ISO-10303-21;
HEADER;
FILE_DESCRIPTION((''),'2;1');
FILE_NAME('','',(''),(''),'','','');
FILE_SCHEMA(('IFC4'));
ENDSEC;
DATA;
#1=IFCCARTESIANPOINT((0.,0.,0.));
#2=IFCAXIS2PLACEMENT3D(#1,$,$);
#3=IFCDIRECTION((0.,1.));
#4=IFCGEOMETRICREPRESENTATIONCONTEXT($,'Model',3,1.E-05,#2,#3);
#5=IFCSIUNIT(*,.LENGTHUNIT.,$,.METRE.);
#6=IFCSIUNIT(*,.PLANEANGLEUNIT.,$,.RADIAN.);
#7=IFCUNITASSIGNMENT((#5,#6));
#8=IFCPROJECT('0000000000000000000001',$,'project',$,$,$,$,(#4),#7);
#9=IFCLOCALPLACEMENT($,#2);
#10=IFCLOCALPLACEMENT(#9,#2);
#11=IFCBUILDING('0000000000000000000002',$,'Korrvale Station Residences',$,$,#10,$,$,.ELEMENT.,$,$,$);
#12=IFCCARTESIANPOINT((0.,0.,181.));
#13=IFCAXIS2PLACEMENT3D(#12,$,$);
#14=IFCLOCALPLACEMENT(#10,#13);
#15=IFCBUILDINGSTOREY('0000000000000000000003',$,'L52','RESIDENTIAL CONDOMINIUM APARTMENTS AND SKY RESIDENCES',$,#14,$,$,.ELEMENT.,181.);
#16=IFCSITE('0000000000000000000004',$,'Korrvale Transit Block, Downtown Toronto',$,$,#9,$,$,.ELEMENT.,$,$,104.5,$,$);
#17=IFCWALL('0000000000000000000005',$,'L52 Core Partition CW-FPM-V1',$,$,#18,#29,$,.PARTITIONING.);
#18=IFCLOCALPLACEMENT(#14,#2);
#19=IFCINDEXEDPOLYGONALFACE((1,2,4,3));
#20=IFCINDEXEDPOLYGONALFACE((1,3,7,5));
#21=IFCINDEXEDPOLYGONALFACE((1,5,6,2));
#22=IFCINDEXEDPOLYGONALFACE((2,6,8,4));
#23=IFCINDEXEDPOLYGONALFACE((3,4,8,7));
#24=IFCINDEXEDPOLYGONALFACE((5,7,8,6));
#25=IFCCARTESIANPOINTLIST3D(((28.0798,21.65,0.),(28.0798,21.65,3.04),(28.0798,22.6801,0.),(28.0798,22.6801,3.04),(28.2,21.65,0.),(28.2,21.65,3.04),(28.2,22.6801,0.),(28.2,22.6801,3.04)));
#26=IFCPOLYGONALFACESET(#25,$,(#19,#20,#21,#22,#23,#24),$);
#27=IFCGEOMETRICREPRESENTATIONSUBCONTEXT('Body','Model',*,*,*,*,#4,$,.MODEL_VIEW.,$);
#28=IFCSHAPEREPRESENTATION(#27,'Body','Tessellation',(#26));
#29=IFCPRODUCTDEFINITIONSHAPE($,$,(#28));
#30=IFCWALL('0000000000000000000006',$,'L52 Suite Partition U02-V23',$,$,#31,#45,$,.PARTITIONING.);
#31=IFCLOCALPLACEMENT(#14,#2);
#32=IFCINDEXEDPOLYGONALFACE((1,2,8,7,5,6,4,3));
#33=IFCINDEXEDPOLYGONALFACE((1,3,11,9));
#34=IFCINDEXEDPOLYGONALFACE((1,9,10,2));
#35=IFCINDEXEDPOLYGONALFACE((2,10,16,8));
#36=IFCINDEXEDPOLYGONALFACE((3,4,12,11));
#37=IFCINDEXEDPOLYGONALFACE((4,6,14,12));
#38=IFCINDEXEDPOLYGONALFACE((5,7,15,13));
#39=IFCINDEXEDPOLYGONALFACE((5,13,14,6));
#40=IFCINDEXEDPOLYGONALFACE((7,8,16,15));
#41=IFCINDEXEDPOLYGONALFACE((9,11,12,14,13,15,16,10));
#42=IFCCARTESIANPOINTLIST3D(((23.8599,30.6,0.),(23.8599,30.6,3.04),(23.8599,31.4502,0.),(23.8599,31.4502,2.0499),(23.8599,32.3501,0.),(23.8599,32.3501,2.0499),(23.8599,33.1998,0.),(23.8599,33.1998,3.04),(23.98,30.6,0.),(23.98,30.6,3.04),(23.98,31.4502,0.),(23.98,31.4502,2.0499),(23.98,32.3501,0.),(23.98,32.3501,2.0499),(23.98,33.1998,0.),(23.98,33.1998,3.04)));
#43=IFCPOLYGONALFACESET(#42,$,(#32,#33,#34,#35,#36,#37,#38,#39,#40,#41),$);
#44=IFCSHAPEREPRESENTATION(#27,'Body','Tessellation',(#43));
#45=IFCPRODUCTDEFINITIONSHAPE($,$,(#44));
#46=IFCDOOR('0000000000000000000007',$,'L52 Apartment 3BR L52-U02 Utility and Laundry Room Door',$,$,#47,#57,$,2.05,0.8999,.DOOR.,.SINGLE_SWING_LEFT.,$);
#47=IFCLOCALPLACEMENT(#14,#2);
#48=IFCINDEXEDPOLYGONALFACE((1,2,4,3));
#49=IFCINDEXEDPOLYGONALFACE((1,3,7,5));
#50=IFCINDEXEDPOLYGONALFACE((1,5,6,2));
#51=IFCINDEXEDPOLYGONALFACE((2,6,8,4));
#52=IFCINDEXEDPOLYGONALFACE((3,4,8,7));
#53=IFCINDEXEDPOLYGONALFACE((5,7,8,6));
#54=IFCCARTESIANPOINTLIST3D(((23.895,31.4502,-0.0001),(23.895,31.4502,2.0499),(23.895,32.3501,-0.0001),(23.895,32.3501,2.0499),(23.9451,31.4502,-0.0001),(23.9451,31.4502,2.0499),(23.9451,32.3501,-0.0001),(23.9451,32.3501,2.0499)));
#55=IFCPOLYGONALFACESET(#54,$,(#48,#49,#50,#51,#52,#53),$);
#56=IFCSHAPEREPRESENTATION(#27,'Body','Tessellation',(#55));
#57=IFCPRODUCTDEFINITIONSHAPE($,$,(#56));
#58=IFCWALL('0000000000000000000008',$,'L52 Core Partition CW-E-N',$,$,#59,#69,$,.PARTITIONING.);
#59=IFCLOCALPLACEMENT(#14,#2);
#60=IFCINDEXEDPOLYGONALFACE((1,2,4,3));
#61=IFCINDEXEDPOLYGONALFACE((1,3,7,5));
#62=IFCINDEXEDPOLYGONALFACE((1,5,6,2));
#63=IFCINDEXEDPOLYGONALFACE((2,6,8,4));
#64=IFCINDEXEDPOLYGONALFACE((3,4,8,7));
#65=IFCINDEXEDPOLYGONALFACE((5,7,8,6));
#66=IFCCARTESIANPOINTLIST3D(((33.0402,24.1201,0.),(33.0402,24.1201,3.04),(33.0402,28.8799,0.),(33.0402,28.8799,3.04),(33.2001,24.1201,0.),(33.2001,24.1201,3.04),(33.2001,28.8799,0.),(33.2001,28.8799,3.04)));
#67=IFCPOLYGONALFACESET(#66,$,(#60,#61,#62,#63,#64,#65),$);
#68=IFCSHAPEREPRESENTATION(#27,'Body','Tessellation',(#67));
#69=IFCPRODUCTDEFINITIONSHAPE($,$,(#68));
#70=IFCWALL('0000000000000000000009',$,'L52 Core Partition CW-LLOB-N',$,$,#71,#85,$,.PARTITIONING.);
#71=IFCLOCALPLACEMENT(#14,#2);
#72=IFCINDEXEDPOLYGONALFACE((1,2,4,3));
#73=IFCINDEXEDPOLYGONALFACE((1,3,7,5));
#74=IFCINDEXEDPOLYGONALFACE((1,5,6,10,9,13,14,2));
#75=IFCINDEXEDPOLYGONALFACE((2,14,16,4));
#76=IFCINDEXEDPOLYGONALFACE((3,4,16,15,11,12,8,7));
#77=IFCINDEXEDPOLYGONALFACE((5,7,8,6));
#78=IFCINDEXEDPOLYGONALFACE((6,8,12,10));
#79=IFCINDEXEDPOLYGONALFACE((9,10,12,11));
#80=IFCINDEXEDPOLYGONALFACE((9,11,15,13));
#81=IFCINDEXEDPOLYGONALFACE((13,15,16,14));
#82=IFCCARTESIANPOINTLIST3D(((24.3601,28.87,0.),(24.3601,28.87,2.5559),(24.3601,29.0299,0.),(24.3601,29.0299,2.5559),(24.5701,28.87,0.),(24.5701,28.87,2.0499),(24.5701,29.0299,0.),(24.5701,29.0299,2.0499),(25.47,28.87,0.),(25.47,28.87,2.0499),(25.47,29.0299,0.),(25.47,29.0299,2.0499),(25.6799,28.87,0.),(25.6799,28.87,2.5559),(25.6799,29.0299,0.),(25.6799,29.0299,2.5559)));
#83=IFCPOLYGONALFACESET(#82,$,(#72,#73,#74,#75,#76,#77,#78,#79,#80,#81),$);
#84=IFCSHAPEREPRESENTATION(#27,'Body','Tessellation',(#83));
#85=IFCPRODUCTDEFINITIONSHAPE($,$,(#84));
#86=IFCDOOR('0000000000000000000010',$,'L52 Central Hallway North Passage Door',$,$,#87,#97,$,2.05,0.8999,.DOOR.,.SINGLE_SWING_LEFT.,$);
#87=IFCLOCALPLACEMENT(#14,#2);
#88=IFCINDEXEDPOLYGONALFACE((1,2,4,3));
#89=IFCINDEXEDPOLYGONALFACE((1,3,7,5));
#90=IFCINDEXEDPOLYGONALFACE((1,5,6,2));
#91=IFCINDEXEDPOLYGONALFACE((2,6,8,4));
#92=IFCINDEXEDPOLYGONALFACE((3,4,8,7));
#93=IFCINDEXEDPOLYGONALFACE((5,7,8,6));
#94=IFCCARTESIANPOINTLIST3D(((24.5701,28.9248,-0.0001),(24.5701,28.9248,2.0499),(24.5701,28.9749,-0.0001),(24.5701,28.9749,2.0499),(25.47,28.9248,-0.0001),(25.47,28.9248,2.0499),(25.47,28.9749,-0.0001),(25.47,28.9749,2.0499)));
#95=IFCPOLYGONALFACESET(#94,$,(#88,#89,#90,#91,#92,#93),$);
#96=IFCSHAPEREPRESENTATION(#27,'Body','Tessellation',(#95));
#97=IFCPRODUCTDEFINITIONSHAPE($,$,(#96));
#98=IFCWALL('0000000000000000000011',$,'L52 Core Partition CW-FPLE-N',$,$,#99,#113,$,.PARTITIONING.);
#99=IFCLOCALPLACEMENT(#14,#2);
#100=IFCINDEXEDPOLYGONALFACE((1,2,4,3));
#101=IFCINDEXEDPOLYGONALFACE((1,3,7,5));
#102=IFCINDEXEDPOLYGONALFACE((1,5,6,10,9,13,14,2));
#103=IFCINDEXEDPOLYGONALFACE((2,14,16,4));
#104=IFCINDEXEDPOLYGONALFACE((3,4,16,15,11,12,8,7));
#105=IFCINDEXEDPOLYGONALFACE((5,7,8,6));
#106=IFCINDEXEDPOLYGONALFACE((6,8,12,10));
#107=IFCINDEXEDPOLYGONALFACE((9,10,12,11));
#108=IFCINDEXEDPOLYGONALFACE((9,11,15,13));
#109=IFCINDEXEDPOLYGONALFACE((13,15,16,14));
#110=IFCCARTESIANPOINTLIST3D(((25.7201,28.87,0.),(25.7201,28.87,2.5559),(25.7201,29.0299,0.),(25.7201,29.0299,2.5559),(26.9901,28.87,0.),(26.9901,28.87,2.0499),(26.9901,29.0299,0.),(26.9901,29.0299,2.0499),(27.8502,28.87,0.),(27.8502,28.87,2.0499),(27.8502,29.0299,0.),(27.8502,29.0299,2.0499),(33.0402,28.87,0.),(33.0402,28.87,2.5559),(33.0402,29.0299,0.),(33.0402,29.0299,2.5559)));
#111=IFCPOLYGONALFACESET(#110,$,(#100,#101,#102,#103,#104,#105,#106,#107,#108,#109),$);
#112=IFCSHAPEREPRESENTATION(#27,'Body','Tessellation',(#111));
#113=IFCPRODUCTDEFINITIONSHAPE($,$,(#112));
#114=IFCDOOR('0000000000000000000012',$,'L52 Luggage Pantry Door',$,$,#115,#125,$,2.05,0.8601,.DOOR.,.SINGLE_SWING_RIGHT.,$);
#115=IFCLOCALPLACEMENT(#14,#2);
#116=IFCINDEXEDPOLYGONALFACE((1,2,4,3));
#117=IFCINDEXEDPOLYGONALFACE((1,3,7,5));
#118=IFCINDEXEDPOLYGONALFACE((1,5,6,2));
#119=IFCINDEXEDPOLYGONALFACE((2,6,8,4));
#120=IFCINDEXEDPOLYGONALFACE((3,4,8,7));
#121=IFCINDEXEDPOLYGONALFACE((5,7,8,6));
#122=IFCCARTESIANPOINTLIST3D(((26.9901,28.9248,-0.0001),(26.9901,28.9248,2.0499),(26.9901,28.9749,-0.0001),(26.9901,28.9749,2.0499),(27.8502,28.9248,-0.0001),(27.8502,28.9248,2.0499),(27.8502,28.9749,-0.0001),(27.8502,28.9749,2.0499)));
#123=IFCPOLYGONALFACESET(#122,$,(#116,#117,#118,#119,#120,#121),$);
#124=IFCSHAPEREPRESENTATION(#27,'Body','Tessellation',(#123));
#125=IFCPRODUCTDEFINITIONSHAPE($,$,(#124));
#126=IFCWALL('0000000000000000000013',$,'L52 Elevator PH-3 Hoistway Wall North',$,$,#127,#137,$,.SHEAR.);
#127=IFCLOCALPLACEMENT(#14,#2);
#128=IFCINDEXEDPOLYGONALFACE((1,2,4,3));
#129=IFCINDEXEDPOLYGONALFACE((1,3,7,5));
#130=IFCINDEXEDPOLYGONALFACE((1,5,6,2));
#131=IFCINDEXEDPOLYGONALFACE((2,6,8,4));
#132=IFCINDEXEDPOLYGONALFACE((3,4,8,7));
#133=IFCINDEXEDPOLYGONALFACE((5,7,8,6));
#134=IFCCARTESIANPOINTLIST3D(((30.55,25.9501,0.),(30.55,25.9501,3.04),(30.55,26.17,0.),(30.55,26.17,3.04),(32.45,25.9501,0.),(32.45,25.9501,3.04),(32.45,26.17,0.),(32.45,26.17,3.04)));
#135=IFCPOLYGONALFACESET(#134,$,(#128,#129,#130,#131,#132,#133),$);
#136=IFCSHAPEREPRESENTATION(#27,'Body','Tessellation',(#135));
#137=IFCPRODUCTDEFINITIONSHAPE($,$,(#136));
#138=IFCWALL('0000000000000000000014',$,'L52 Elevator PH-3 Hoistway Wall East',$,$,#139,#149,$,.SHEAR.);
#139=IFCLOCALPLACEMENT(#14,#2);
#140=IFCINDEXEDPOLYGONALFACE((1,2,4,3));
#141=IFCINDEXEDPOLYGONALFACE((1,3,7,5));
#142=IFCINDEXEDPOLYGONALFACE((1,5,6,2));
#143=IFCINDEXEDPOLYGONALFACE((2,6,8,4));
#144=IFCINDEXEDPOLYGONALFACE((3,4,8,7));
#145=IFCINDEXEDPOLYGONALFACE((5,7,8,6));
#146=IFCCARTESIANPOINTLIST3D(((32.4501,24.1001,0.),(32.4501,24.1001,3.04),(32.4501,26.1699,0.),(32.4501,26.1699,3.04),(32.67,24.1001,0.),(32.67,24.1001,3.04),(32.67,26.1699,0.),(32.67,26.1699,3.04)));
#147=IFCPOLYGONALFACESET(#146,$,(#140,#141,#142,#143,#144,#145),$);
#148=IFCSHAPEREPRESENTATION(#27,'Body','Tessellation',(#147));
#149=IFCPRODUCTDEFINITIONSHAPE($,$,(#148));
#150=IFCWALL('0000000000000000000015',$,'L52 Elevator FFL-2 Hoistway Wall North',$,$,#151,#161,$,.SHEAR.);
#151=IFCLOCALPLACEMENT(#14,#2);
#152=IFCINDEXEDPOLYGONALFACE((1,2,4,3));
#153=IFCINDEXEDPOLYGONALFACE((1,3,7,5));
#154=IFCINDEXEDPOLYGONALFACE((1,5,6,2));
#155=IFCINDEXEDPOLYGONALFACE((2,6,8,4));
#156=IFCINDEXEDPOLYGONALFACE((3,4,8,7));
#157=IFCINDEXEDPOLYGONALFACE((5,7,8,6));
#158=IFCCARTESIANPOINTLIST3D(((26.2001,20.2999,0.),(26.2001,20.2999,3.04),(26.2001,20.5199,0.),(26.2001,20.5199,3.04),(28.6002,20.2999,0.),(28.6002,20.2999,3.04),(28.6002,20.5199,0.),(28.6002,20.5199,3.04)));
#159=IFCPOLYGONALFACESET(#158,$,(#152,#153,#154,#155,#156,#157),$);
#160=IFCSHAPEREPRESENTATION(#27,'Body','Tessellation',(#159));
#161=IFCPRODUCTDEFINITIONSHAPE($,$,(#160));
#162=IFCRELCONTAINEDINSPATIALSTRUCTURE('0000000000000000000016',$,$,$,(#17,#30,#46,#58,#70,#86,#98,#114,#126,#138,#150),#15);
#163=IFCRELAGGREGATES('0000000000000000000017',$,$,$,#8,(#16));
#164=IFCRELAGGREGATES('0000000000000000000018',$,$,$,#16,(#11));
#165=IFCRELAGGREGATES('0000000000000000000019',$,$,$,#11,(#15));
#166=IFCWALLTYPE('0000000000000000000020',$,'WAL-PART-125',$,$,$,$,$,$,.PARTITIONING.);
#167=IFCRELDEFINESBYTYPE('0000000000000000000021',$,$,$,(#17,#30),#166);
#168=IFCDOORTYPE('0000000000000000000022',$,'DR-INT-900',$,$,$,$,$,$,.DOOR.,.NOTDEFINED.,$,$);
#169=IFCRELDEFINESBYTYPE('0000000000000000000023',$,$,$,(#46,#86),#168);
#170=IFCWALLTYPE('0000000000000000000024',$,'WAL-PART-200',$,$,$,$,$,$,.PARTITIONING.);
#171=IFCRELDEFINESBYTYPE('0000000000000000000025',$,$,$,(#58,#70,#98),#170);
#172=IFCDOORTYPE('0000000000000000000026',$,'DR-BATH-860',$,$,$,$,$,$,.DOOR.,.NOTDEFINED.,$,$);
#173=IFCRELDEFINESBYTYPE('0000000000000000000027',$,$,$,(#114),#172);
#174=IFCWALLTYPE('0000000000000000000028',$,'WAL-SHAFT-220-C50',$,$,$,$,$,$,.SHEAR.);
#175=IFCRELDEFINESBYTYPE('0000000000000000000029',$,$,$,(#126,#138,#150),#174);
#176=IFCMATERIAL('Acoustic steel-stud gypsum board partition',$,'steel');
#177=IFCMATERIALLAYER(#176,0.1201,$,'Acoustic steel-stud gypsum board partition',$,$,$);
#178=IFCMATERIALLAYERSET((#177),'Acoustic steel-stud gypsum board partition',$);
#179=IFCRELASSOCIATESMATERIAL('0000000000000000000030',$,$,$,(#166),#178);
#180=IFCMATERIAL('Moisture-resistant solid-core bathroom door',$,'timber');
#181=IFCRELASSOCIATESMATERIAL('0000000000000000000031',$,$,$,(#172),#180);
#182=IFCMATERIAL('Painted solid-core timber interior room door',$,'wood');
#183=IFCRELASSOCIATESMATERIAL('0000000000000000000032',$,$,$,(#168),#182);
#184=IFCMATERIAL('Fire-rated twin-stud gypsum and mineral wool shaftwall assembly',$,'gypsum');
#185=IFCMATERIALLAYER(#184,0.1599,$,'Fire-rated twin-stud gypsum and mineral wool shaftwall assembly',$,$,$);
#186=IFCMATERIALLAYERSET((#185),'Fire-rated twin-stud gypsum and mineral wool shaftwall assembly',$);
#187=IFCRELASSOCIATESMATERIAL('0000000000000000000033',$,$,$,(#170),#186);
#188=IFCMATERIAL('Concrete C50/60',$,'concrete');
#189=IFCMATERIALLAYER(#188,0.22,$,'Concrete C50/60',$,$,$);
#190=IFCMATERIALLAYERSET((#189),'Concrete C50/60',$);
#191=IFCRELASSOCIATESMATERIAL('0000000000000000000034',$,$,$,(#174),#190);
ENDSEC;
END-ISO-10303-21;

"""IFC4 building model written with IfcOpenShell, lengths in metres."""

from ifc_helpers import new_model, si_unit, direction, frame, frame_2d, origin, place, context, subcontext, project, spatial, rectangle, extrude, material, layer, layer_set, type_object, element, fill, save


model = new_model("IFC4")

# Units and contexts
model_context = context("Model", 3, precision=1e-05, world=origin(), true_north=direction((0.0, 1.0)))
body_context = subcontext(model_context, "Body", "Model", "MODEL_VIEW")
ifc_project = project(units=[si_unit("LENGTHUNIT", "METRE"), si_unit("PLANEANGLEUNIT", "RADIAN")], contexts=[model_context])

# Site, building, storey
site_placement = place(None, origin())
site = spatial("IfcSite", under=ifc_project, at=site_placement, Name="Korrvale Transit Block, Downtown Toronto", CompositionType="ELEMENT", RefElevation=104.5)
building_placement = place(site_placement, origin())
building = spatial("IfcBuilding", under=site, at=building_placement, Name="Korrvale Station Residences", CompositionType="ELEMENT")
storey_placement = place(building_placement, frame((0.0, 0.0, 181.0)))
storey = spatial("IfcBuildingStorey", under=building, at=storey_placement, Name="L52", Description="RESIDENTIAL CONDOMINIUM APARTMENTS AND SKY RESIDENCES", CompositionType="ELEMENT", Elevation=181.0)

# Shared definitions
ifc_material_1 = material(Name="Concrete C50/60", Category="concrete")

# Shared definitions
ifc_material_2 = material(Name="Acoustic steel-stud gypsum board partition", Category="steel")
ifc_layer_1 = layer(ifc_material_2, 0.1201, Name="Acoustic steel-stud gypsum board partition")
ifc_layer_set_1 = layer_set([ifc_layer_1], Name="Acoustic steel-stud gypsum board partition")
wall_type_1 = type_object("IfcWallType", Name="WAL-PART-125", PredefinedType="PARTITIONING", material=ifc_layer_set_1)

# Shared definitions
ifc_material_3 = material(Name="Moisture-resistant solid-core bathroom door", Category="timber")
door_type_1 = type_object("IfcDoorType", Name="DR-BATH-860", OperationType="NOTDEFINED", PredefinedType="DOOR", material=ifc_material_3)

# Shared definitions
ifc_material_4 = material(Name="Painted solid-core timber interior room door", Category="wood")
door_type_2 = type_object("IfcDoorType", Name="DR-INT-900", OperationType="NOTDEFINED", PredefinedType="DOOR", material=ifc_material_4)

# Wall
wall_1_placement = place(storey_placement, frame((28.1399, 21.6499, 0.0), z_axis=(0.0, 0.0, 1.0), x_axis=(0.0, 1.0, 0.0)))
element("IfcWall", 1, at=wall_1_placement, inside=storey, type_object=wall_type_1, Name="L52 Core Partition CW-FPM-V1", PredefinedType="PARTITIONING", context=body_context, shape_type="SweptSolid", body=[
    extrude(rectangle(XDim=1.03, YDim=0.1201, at=frame_2d((0.5151, 0.0))), origin(), (0.0, 0.0, 1.0), 3.04),
])

# Wall, opening, door
wall_2_placement = place(storey_placement, frame((23.9199, 30.6001, 0.0), z_axis=(0.0, 0.0, 1.0), x_axis=(0.0, 1.0, 0.0)))
wall_2 = element("IfcWall", 2, at=wall_2_placement, inside=storey, type_object=wall_type_1, Name="L52 Suite Partition U02-V23", PredefinedType="PARTITIONING", context=body_context, shape_type="SweptSolid", body=[
    extrude(rectangle(XDim=2.5999, YDim=0.1201, at=frame_2d((1.2998, 0.0))), origin(), (0.0, 0.0, 1.0), 3.04),
])
opening_1_placement = place(wall_2_placement, frame((0.8501, 0.0, 0.0)))
opening_1 = element("IfcOpeningElement", 3, at=opening_1_placement, cuts=wall_2, PredefinedType="OPENING", context=body_context, shape_type="SweptSolid", body=[
    extrude(rectangle(XDim=0.8999, YDim=2.05, at=frame_2d((0.45, 1.0249))), frame((0.0, 0.0701, 0.0), z_axis=(0.0, -1.0, 0.0), x_axis=(1.0, 0.0, 0.0)), (0.0, 0.0, 1.0), 0.1401),
])
door_1_placement = place(opening_1_placement, origin())
door_1 = element("IfcDoor", 4, at=door_1_placement, inside=storey, type_object=door_type_2, Name="L52 Apartment 3BR L52-U02 Utility and Laundry Room Door", OperationType="SINGLE_SWING_LEFT", OverallHeight=2.05, OverallWidth=0.8999, PredefinedType="DOOR", context=body_context, shape_type="SweptSolid", body=[
    extrude(rectangle(XDim=0.8999, YDim=2.05, at=frame_2d((0.45, 1.0249))), frame((0.0, 0.0249, 0.0), z_axis=(0.0, -1.0, 0.0), x_axis=(1.0, 0.0, 0.0)), (0.0, 0.0, 1.0), 0.05),
])
fill(opening_1, door_1)

# Wall
ifc_material_5 = material(Name="Fire-rated twin-stud gypsum and mineral wool shaftwall assembly", Category="gypsum")
ifc_layer_2 = layer(ifc_material_5, 0.1599, Name="Fire-rated twin-stud gypsum and mineral wool shaftwall assembly")
ifc_layer_set_2 = layer_set([ifc_layer_2], Name="Fire-rated twin-stud gypsum and mineral wool shaftwall assembly")
wall_type_2 = type_object("IfcWallType", Name="WAL-PART-200", PredefinedType="PARTITIONING", material=ifc_layer_set_2)
wall_3_placement = place(storey_placement, frame((33.1201, 24.1201, 0.0), z_axis=(0.0, 0.0, 1.0), x_axis=(0.0, 1.0, 0.0)))
element("IfcWall", 5, at=wall_3_placement, inside=storey, type_object=wall_type_2, Name="L52 Core Partition CW-E-N", PredefinedType="PARTITIONING", context=body_context, shape_type="SweptSolid", body=[
    extrude(rectangle(XDim=4.7598, YDim=0.1599, at=frame_2d((2.3799, 0.0))), origin(), (0.0, 0.0, 1.0), 3.04),
])

# Walls, openings, doors
wall_4_placement = place(storey_placement, frame((24.3601, 28.95, 0.0), z_axis=(0.0, 0.0, 1.0), x_axis=(1.0, 0.0, 0.0)))
wall_4 = element("IfcWall", 6, at=wall_4_placement, inside=storey, type_object=wall_type_2, Name="L52 Core Partition CW-LLOB-N", PredefinedType="PARTITIONING", context=body_context, shape_type="SweptSolid", body=[
    extrude(rectangle(XDim=1.3198, YDim=0.1599, at=frame_2d((0.6599, 0.0))), origin(), (0.0, 0.0, 1.0), 2.5559),
])
opening_2_placement = place(wall_4_placement, frame((0.21, 0.0, 0.0)))
opening_2 = element("IfcOpeningElement", 7, at=opening_2_placement, cuts=wall_4, PredefinedType="OPENING", context=body_context, shape_type="SweptSolid", body=[
    extrude(rectangle(XDim=0.8999, YDim=2.05, at=frame_2d((0.45, 1.0249))), frame((0.0, 0.0898, 0.0), z_axis=(0.0, -1.0, 0.0), x_axis=(1.0, 0.0, 0.0)), (0.0, 0.0, 1.0), 0.1799),
])
door_2_placement = place(opening_2_placement, origin())
door_2 = element("IfcDoor", 8, at=door_2_placement, inside=storey, type_object=door_type_2, Name="L52 Central Hallway North Passage Door", OperationType="SINGLE_SWING_LEFT", OverallHeight=2.05, OverallWidth=0.8999, PredefinedType="DOOR", context=body_context, shape_type="SweptSolid", body=[
    extrude(rectangle(XDim=0.8999, YDim=2.05, at=frame_2d((0.45, 1.0249))), frame((0.0, 0.0249, 0.0), z_axis=(0.0, -1.0, 0.0), x_axis=(1.0, 0.0, 0.0)), (0.0, 0.0, 1.0), 0.05),
])
fill(opening_2, door_2)
wall_5_placement = place(storey_placement, frame((25.72, 28.95, 0.0), z_axis=(0.0, 0.0, 1.0), x_axis=(1.0, 0.0, 0.0)))
wall_5 = element("IfcWall", 9, at=wall_5_placement, inside=storey, type_object=wall_type_2, Name="L52 Core Partition CW-FPLE-N", PredefinedType="PARTITIONING", context=body_context, shape_type="SweptSolid", body=[
    extrude(rectangle(XDim=7.3201, YDim=0.1599, at=frame_2d((3.6602, 0.0))), origin(), (0.0, 0.0, 1.0), 2.5559),
])
opening_3_placement = place(wall_5_placement, frame((1.27, 0.0, 0.0)))
opening_3 = element("IfcOpeningElement", 10, at=opening_3_placement, cuts=wall_5, PredefinedType="OPENING", context=body_context, shape_type="SweptSolid", body=[
    extrude(rectangle(XDim=0.8601, YDim=2.05, at=frame_2d((0.4302, 1.0249))), frame((0.0, 0.0898, 0.0), z_axis=(0.0, -1.0, 0.0), x_axis=(1.0, 0.0, 0.0)), (0.0, 0.0, 1.0), 0.1799),
])
door_3_placement = place(opening_3_placement, origin())
door_3 = element("IfcDoor", 11, at=door_3_placement, inside=storey, type_object=door_type_1, Name="L52 Luggage Pantry Door", OperationType="SINGLE_SWING_RIGHT", OverallHeight=2.05, OverallWidth=0.8601, PredefinedType="DOOR", context=body_context, shape_type="SweptSolid", body=[
    extrude(rectangle(XDim=0.8601, YDim=2.05, at=frame_2d((0.4302, 1.0249))), frame((0.0, 0.0249, 0.0), z_axis=(0.0, -1.0, 0.0), x_axis=(1.0, 0.0, 0.0)), (0.0, 0.0, 1.0), 0.05),
])
fill(opening_3, door_3)

# Wall
ifc_layer_3 = layer(ifc_material_1, 0.22, Name="Concrete C50/60")
ifc_layer_set_3 = layer_set([ifc_layer_3], Name="Concrete C50/60")
wall_type_3 = type_object("IfcWallType", Name="WAL-SHAFT-220-C50", PredefinedType="SHEAR", material=ifc_layer_set_3)
wall_6_placement = place(storey_placement, frame((30.55, 26.0601, 0.0), z_axis=(0.0, 0.0, 1.0), x_axis=(1.0, 0.0, 0.0)))
element("IfcWall", 12, at=wall_6_placement, inside=storey, type_object=wall_type_3, Name="L52 Elevator PH-3 Hoistway Wall North", PredefinedType="SHEAR", context=body_context, shape_type="SweptSolid", body=[
    extrude(rectangle(XDim=1.8999, YDim=0.22, at=frame_2d((0.95, 0.0))), origin(), (0.0, 0.0, 1.0), 3.04),
])

# Walls
wall_7_placement = place(storey_placement, frame((32.5601, 24.1001, 0.0), z_axis=(0.0, 0.0, 1.0), x_axis=(0.0, 1.0, 0.0)))
element("IfcWall", 13, at=wall_7_placement, inside=storey, type_object=wall_type_3, Name="L52 Elevator PH-3 Hoistway Wall East", PredefinedType="SHEAR", context=body_context, shape_type="SweptSolid", body=[
    extrude(rectangle(XDim=2.0698, YDim=0.22, at=frame_2d((1.0349, 0.0))), origin(), (0.0, 0.0, 1.0), 3.04),
])
wall_8_placement = place(storey_placement, frame((26.2, 20.4099, 0.0), z_axis=(0.0, 0.0, 1.0), x_axis=(1.0, 0.0, 0.0)))
element("IfcWall", 14, at=wall_8_placement, inside=storey, type_object=wall_type_3, Name="L52 Elevator FFL-2 Hoistway Wall North", PredefinedType="SHEAR", context=body_context, shape_type="SweptSolid", body=[
    extrude(rectangle(XDim=2.4001, YDim=0.22, at=frame_2d((1.2002, 0.0))), origin(), (0.0, 0.0, 1.0), 3.04),
])

save(model, "model.ifc")
